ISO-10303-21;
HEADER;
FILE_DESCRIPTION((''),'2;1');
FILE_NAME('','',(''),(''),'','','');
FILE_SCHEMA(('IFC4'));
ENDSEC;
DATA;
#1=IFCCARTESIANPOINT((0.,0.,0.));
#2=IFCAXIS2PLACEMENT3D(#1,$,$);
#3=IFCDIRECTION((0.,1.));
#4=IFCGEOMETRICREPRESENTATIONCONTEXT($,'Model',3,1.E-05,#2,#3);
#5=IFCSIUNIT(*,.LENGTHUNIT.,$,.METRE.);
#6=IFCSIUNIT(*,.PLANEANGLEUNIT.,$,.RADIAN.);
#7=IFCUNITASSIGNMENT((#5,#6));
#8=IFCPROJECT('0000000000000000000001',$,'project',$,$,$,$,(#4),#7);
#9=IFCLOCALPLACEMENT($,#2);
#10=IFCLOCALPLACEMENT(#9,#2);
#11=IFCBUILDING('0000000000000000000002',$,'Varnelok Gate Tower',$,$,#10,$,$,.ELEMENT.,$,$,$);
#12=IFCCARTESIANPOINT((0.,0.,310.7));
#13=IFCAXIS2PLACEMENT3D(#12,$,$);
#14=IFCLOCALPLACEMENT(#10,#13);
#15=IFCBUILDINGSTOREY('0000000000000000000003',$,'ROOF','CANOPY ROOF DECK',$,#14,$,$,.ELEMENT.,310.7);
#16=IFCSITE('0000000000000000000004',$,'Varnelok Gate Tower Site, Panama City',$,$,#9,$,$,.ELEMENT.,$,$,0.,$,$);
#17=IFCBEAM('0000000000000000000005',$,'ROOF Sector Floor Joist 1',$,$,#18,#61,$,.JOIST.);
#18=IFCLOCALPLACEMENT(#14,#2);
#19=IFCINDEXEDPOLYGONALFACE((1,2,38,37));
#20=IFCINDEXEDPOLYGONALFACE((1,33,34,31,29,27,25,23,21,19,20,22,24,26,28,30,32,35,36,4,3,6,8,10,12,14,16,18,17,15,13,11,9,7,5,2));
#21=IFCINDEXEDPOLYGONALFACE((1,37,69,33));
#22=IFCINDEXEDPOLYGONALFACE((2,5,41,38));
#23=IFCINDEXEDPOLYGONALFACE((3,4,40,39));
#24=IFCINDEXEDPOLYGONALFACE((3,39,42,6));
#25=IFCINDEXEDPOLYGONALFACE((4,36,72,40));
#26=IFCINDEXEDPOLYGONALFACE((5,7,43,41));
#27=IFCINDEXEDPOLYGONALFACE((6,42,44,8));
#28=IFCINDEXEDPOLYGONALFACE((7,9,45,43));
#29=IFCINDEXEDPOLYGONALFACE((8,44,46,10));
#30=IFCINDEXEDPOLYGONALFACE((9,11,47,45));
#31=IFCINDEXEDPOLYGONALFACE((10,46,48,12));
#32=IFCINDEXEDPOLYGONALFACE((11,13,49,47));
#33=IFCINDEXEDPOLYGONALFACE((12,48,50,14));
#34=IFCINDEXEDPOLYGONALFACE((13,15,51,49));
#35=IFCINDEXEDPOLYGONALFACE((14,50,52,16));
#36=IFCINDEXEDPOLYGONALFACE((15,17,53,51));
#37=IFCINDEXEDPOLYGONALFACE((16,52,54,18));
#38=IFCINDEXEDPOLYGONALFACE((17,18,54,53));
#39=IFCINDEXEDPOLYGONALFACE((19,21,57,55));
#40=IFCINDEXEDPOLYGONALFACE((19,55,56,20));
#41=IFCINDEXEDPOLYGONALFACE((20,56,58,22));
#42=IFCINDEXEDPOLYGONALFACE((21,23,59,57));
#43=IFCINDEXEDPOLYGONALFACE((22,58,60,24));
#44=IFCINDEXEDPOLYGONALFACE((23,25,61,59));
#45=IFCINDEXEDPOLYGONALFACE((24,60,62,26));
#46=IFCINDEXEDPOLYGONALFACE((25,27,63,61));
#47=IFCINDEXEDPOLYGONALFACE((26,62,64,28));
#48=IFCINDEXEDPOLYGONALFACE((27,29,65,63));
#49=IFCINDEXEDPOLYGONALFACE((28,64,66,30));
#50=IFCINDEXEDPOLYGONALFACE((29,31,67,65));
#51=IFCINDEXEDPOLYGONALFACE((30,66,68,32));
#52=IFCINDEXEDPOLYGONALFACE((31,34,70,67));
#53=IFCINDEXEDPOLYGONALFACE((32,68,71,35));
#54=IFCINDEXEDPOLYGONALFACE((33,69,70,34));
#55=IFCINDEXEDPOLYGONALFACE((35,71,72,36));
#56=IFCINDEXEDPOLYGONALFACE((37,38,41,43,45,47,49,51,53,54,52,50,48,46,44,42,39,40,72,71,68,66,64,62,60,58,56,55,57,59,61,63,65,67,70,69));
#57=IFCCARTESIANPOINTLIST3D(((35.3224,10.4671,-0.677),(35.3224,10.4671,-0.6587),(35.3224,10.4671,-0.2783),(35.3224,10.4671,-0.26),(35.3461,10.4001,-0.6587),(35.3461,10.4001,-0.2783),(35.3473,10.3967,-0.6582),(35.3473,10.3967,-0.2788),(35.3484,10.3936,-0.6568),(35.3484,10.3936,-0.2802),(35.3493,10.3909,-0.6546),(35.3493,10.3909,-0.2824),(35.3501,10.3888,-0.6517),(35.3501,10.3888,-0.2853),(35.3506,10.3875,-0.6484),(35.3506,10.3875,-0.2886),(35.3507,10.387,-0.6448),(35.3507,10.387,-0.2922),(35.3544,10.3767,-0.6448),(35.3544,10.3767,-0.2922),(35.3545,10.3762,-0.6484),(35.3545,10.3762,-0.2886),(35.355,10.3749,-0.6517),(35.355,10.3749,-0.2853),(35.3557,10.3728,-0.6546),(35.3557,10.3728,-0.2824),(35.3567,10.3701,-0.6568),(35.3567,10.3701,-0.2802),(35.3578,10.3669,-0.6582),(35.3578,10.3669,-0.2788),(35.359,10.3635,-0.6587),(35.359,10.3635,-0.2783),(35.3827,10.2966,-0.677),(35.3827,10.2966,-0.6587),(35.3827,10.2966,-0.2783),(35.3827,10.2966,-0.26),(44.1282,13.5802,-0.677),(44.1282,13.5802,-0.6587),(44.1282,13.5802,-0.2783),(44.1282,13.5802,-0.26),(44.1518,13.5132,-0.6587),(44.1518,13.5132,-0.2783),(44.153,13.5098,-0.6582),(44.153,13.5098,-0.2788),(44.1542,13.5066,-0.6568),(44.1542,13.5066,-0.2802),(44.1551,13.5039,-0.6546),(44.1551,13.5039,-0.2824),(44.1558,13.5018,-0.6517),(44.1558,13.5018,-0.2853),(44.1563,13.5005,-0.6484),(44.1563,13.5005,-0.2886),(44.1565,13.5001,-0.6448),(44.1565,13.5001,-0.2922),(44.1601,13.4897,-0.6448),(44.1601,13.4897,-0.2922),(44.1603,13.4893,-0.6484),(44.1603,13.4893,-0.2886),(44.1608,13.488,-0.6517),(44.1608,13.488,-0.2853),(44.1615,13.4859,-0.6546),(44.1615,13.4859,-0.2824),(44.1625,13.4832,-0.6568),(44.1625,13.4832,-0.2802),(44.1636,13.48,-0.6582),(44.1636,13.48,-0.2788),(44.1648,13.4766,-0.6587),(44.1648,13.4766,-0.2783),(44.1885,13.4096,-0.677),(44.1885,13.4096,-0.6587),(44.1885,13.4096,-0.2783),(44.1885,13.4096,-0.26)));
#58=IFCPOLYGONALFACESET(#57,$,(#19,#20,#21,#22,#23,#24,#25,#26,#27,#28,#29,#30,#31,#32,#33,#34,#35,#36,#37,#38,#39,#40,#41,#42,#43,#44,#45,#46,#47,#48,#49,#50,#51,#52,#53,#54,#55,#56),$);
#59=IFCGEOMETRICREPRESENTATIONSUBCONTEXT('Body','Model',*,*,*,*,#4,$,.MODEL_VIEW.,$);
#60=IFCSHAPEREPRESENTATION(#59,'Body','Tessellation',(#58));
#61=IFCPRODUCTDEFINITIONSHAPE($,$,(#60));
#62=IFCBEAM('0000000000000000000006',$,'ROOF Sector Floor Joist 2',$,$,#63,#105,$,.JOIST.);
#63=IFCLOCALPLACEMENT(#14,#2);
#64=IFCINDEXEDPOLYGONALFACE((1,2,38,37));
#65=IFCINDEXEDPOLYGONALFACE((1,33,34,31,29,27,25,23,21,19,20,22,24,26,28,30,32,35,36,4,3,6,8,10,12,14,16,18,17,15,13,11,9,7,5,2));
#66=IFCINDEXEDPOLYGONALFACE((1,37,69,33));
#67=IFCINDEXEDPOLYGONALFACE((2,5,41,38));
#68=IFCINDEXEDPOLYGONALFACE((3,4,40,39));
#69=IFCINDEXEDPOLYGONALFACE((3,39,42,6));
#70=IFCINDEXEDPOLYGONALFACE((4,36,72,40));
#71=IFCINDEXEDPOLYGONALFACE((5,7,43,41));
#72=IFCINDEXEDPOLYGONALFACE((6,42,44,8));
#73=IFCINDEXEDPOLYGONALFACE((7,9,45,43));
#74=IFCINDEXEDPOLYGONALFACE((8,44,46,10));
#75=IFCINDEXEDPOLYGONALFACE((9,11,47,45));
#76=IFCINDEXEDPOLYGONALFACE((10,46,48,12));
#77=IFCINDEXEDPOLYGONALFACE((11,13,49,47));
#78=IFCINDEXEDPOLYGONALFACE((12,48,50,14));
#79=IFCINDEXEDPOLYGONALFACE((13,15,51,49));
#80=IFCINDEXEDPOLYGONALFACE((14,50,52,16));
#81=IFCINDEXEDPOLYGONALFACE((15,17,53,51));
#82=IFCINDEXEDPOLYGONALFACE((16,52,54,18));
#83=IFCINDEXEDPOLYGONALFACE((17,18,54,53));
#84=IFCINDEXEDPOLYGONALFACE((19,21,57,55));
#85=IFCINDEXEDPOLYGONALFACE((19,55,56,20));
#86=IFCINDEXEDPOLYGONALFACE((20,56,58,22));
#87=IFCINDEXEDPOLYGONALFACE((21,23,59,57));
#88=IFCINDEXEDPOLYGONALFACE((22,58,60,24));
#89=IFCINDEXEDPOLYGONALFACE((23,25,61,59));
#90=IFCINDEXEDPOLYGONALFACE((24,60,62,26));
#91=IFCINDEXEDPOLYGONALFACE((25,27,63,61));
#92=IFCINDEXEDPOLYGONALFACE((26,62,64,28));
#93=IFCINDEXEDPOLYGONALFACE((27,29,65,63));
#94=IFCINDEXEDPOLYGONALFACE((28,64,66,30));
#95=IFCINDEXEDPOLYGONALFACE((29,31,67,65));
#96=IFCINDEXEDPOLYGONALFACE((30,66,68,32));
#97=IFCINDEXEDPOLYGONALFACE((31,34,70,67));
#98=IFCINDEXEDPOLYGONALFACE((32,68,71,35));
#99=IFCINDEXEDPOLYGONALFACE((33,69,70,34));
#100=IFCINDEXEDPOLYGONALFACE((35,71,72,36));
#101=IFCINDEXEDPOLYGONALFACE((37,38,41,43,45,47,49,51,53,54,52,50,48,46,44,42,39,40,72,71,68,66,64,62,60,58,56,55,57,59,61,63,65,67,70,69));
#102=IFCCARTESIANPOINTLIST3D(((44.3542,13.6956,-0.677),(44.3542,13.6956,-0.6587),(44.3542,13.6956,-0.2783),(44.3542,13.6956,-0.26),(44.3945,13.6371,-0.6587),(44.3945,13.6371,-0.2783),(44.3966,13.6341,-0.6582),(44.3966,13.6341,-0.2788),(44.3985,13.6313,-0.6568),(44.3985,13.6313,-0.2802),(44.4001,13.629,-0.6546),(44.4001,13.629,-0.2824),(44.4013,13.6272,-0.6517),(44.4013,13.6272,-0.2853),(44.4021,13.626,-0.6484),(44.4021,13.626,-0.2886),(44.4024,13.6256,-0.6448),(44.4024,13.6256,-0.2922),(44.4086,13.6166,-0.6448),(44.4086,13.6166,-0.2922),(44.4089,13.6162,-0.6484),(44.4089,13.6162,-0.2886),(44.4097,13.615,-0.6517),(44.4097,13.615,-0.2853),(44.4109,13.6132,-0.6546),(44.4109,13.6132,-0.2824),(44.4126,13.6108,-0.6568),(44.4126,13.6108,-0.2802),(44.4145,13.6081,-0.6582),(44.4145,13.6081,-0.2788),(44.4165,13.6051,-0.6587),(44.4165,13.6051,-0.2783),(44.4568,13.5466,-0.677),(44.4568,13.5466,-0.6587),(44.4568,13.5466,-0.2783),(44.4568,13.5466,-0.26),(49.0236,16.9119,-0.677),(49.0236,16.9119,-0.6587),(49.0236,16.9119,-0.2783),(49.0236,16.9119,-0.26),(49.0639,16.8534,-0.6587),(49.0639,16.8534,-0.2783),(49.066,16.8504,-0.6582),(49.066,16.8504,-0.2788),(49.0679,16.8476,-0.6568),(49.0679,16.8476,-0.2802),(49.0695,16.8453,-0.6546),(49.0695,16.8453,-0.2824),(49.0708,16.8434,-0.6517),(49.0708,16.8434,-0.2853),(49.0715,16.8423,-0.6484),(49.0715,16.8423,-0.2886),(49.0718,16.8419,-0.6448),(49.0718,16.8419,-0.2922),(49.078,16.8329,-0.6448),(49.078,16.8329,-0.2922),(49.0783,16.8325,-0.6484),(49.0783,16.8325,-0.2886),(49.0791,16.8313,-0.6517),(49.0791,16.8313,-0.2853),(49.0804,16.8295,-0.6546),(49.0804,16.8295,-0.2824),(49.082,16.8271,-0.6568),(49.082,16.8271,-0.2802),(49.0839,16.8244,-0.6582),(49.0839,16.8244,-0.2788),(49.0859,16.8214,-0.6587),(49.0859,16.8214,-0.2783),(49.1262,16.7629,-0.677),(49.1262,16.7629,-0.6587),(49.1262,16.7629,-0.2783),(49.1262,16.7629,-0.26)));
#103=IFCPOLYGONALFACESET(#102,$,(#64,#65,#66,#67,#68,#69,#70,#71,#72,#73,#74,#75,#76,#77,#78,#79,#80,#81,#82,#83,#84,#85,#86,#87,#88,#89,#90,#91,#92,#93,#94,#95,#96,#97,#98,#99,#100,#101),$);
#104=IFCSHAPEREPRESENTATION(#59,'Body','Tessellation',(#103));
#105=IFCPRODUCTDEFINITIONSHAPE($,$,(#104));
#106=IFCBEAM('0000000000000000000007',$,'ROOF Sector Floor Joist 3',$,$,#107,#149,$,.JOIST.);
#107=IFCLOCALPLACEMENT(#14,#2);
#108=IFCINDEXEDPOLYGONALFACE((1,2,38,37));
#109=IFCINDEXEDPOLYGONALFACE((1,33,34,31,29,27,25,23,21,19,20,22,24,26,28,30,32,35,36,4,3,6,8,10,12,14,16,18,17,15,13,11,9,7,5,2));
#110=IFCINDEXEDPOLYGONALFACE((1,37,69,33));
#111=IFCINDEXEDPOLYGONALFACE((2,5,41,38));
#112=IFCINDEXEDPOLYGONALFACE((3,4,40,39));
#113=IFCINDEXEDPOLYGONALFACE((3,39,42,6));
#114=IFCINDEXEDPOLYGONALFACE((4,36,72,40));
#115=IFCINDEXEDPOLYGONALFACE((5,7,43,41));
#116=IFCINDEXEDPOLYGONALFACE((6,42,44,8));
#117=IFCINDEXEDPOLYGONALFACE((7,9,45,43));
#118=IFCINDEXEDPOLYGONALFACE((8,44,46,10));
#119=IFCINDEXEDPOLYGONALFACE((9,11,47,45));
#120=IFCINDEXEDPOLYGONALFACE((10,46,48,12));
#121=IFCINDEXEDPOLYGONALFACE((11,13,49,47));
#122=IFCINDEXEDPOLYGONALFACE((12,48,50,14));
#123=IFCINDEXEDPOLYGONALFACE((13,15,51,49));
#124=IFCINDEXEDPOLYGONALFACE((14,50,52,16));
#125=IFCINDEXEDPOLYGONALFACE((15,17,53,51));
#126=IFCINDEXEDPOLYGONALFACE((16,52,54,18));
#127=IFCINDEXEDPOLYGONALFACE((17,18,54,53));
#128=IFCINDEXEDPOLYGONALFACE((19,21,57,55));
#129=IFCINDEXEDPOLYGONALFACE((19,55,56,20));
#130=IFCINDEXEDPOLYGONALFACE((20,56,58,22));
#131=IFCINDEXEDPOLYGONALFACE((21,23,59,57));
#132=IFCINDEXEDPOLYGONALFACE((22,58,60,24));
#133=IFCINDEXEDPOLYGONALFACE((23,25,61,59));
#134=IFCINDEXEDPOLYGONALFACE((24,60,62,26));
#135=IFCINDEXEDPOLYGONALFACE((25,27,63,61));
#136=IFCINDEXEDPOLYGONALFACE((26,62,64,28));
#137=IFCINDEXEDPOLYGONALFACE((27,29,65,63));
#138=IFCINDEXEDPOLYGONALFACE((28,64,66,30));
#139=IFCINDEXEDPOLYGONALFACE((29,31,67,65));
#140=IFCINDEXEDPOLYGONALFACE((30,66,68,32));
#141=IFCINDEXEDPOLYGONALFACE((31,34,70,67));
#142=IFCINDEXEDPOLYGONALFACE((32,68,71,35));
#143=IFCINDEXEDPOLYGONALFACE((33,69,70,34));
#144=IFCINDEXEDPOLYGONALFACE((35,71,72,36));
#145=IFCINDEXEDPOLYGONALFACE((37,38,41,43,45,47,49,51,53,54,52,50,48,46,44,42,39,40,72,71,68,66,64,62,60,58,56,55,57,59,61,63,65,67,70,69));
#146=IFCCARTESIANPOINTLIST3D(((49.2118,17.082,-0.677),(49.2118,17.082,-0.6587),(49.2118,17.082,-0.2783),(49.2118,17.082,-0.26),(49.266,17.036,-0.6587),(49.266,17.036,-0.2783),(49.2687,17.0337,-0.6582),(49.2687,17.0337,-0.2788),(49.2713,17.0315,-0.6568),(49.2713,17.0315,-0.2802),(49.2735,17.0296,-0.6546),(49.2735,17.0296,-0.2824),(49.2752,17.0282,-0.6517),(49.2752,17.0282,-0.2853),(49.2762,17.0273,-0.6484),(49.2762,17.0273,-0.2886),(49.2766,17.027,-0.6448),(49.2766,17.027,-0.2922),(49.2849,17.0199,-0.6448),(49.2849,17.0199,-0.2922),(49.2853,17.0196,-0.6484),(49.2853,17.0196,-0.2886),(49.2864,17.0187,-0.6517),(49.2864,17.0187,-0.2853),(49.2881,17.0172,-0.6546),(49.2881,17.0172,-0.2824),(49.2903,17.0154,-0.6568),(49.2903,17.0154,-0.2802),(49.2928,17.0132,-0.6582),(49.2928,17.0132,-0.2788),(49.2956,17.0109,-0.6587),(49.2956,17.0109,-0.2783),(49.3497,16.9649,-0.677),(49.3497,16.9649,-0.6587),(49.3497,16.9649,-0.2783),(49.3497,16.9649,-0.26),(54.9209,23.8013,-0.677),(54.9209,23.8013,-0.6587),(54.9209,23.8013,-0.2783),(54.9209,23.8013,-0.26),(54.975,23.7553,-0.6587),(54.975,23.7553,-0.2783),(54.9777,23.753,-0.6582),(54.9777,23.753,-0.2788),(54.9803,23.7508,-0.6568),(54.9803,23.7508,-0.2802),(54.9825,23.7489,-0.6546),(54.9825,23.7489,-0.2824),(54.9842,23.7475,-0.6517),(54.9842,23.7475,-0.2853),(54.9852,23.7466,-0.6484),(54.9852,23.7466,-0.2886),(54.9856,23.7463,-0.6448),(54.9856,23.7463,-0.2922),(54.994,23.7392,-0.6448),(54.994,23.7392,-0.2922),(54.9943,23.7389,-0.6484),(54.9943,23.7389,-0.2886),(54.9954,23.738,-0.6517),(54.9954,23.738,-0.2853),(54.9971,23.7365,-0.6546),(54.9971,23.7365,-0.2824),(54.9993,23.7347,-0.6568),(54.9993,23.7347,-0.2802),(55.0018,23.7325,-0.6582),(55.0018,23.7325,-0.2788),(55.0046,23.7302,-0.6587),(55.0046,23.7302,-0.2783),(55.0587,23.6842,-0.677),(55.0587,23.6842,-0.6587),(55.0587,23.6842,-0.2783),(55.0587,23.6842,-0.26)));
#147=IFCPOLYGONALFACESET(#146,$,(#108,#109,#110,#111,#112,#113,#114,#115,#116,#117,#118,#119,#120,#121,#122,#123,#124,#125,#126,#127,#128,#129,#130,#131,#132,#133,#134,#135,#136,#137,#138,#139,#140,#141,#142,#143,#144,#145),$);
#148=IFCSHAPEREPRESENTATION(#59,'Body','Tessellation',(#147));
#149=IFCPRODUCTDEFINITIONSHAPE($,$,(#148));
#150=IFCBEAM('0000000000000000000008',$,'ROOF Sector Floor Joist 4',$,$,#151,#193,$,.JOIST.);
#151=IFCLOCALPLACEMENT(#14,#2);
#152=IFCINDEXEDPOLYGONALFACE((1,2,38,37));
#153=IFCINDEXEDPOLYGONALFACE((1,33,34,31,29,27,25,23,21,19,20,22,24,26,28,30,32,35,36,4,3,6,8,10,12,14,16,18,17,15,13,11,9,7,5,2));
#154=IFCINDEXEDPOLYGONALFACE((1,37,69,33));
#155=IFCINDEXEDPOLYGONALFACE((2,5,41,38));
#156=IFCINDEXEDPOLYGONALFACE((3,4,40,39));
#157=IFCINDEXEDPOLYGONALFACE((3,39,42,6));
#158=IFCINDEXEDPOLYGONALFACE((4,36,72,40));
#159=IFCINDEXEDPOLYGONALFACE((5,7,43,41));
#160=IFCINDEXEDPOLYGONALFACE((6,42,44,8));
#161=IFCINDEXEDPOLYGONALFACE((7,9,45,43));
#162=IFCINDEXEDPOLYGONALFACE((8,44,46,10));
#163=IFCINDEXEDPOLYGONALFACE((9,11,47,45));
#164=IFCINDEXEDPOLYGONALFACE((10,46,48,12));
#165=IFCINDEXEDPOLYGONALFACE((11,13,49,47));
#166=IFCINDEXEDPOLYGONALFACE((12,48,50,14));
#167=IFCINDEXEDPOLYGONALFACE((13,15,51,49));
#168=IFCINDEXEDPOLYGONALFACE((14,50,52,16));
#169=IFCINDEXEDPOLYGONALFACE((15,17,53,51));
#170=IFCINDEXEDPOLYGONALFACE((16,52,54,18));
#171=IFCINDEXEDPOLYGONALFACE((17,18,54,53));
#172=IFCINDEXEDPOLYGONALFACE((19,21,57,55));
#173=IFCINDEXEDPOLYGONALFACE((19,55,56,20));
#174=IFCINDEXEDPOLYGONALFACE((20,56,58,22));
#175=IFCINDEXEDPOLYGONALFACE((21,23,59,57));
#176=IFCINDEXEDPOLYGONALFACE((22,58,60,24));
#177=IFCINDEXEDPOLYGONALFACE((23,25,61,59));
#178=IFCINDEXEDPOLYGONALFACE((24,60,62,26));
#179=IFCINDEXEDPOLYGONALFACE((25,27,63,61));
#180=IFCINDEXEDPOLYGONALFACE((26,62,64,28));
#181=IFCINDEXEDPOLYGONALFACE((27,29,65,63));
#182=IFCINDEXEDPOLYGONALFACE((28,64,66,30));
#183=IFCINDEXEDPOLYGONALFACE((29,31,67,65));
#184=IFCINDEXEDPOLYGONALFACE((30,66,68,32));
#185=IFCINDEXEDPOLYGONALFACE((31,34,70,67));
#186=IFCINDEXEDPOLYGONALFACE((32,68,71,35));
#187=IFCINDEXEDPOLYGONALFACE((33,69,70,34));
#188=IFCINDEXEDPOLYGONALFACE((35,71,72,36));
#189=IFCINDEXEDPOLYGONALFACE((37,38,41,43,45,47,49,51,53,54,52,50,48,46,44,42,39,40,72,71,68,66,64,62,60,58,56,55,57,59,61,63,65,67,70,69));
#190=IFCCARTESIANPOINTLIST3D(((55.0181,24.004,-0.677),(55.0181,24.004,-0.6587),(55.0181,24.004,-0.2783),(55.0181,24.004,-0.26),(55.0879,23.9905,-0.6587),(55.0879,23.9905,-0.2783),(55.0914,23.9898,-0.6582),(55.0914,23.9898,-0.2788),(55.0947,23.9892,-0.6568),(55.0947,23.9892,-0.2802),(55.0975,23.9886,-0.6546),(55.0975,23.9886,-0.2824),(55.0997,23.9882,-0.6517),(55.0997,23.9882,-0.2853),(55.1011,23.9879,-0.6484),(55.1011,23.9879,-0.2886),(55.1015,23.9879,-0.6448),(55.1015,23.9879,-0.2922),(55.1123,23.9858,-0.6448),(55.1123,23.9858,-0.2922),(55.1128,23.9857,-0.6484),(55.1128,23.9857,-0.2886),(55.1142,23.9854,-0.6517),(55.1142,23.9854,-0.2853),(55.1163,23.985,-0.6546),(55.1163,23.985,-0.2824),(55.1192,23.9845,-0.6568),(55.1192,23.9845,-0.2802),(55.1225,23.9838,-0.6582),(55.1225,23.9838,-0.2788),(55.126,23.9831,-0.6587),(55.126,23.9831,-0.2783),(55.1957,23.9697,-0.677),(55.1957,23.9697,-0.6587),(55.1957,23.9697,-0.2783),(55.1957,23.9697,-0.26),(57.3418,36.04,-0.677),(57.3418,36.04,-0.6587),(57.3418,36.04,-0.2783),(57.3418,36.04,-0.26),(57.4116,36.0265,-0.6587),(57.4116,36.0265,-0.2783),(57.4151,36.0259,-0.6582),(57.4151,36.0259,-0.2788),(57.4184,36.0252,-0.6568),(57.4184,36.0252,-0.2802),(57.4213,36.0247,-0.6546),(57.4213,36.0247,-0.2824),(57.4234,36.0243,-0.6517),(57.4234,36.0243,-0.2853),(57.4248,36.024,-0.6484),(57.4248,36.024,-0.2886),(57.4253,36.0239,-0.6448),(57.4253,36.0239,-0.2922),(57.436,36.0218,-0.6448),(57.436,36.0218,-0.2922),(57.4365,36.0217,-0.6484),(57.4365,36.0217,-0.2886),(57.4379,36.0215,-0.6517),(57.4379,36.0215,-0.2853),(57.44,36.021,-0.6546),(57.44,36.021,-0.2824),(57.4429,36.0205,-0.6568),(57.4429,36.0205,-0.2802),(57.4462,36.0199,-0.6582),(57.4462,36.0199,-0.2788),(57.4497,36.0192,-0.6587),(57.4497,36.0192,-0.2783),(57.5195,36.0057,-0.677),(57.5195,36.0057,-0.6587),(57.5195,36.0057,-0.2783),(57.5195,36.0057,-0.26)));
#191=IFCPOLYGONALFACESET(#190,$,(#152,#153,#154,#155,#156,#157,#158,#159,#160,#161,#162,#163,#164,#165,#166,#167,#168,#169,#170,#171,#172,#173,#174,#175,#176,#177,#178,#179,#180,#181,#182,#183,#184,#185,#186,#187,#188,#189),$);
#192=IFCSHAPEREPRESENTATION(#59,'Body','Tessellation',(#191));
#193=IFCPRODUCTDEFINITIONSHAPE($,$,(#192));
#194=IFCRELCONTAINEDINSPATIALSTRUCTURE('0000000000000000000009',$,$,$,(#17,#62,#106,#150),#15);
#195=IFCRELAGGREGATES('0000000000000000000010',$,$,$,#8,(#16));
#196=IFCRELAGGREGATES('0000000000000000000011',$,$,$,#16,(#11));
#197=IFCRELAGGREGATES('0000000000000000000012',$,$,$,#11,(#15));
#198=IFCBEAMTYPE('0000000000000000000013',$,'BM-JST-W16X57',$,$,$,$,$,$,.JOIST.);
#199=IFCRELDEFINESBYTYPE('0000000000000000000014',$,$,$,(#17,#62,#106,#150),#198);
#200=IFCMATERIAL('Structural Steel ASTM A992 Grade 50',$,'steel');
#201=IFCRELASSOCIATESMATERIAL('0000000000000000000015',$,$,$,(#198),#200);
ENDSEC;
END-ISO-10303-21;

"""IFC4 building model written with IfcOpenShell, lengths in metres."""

from ifc_helpers import new_model, si_unit, direction, frame, origin, origin_2d, place, context, subcontext, project, spatial, i_section, extrude, material, material_profile, profile_set, type_object, element, save


model = new_model("IFC4")

# Units and contexts
model_context = context("Model", 3, precision=1e-05, world=origin(), true_north=direction((0.0, 1.0)))
body_context = subcontext(model_context, "Body", "Model", "MODEL_VIEW")
ifc_project = project(units=[si_unit("LENGTHUNIT", "METRE"), si_unit("PLANEANGLEUNIT", "RADIAN")], contexts=[model_context])

# Site, building, storey
site_placement = place(None, origin())
site = spatial("IfcSite", under=ifc_project, at=site_placement, Name="Varnelok Gate Tower Site, Panama City", CompositionType="ELEMENT", RefElevation=0.0)
building_placement = place(site_placement, origin())
building = spatial("IfcBuilding", under=site, at=building_placement, Name="Varnelok Gate Tower", CompositionType="ELEMENT")
storey_placement = place(building_placement, frame((0.0, 0.0, 310.7)))
storey = spatial("IfcBuildingStorey", under=building, at=storey_placement, Name="ROOF", Description="CANOPY ROOF DECK", CompositionType="ELEMENT", Elevation=310.7)

# Beams
ifc_material_1 = material(Name="Structural Steel ASTM A992 Grade 50", Category="steel")
ifc_material_profile_1 = material_profile(ifc_material_1, i_section(OverallWidth=0.1809, OverallDepth=0.417, WebThickness=0.011, FlangeThickness=0.0183, FilletRadius=0.0139, at=origin_2d()), Name="W16X57")
ifc_profile_set_1 = profile_set([ifc_material_profile_1], Name="Structural Steel ASTM A992 Grade 50")
beam_type_1 = type_object("IfcBeamType", Name="BM-JST-W16X57", PredefinedType="JOIST", material=ifc_profile_set_1)
beam_1_placement = place(storey_placement, frame((35.3525, 10.3818, -0.4685), z_axis=(0.942817, 0.333311, 0.0), x_axis=(-0.333311, 0.942817, 0.0)))
element("IfcBeam", 1, at=beam_1_placement, inside=storey, type_object=beam_type_1, Name="ROOF Sector Floor Joist 1", PredefinedType="JOIST", context=body_context, shape_type="SweptSolid", body=[
    extrude(i_section(OverallWidth=0.1809, OverallDepth=0.417, WebThickness=0.011, FlangeThickness=0.0183, FilletRadius=0.0139, at=origin_2d()), origin(), (0.0, 0.0, 1.0), 9.3398),
])
beam_2_placement = place(storey_placement, frame((44.4055, 13.6211, -0.4685), z_axis=(0.823542, 0.567256, 0.0), x_axis=(-0.567256, 0.823542, 0.0)))
element("IfcBeam", 2, at=beam_2_placement, inside=storey, type_object=beam_type_1, Name="ROOF Sector Floor Joist 2", PredefinedType="JOIST", context=body_context, shape_type="SweptSolid", body=[
    extrude(i_section(OverallWidth=0.1809, OverallDepth=0.417, WebThickness=0.011, FlangeThickness=0.0183, FilletRadius=0.0139, at=origin_2d()), origin(), (0.0, 0.0, 1.0), 5.6699),
])
beam_3_placement = place(storey_placement, frame((49.2808, 17.0234, -0.4685), z_axis=(0.647492, 0.762072, 0.0), x_axis=(-0.762072, 0.647492, 0.0)))
element("IfcBeam", 3, at=beam_3_placement, inside=storey, type_object=beam_type_1, Name="ROOF Sector Floor Joist 3", PredefinedType="JOIST", context=body_context, shape_type="SweptSolid", body=[
    extrude(i_section(OverallWidth=0.1809, OverallDepth=0.417, WebThickness=0.011, FlangeThickness=0.0183, FilletRadius=0.0139, at=origin_2d()), origin(), (0.0, 0.0, 1.0), 8.8171),
])
beam_4_placement = place(storey_placement, frame((55.1069, 23.9868, -0.4685), z_axis=(0.189562, 0.981869, 0.0), x_axis=(-0.981869, 0.189562, 0.0)))
element("IfcBeam", 4, at=beam_4_placement, inside=storey, type_object=beam_type_1, Name="ROOF Sector Floor Joist 4", PredefinedType="JOIST", context=body_context, shape_type="SweptSolid", body=[
    extrude(i_section(OverallWidth=0.1809, OverallDepth=0.417, WebThickness=0.011, FlangeThickness=0.0183, FilletRadius=0.0139, at=origin_2d()), origin(), (0.0, 0.0, 1.0), 12.2583),
])

save(model, "model.ifc")
